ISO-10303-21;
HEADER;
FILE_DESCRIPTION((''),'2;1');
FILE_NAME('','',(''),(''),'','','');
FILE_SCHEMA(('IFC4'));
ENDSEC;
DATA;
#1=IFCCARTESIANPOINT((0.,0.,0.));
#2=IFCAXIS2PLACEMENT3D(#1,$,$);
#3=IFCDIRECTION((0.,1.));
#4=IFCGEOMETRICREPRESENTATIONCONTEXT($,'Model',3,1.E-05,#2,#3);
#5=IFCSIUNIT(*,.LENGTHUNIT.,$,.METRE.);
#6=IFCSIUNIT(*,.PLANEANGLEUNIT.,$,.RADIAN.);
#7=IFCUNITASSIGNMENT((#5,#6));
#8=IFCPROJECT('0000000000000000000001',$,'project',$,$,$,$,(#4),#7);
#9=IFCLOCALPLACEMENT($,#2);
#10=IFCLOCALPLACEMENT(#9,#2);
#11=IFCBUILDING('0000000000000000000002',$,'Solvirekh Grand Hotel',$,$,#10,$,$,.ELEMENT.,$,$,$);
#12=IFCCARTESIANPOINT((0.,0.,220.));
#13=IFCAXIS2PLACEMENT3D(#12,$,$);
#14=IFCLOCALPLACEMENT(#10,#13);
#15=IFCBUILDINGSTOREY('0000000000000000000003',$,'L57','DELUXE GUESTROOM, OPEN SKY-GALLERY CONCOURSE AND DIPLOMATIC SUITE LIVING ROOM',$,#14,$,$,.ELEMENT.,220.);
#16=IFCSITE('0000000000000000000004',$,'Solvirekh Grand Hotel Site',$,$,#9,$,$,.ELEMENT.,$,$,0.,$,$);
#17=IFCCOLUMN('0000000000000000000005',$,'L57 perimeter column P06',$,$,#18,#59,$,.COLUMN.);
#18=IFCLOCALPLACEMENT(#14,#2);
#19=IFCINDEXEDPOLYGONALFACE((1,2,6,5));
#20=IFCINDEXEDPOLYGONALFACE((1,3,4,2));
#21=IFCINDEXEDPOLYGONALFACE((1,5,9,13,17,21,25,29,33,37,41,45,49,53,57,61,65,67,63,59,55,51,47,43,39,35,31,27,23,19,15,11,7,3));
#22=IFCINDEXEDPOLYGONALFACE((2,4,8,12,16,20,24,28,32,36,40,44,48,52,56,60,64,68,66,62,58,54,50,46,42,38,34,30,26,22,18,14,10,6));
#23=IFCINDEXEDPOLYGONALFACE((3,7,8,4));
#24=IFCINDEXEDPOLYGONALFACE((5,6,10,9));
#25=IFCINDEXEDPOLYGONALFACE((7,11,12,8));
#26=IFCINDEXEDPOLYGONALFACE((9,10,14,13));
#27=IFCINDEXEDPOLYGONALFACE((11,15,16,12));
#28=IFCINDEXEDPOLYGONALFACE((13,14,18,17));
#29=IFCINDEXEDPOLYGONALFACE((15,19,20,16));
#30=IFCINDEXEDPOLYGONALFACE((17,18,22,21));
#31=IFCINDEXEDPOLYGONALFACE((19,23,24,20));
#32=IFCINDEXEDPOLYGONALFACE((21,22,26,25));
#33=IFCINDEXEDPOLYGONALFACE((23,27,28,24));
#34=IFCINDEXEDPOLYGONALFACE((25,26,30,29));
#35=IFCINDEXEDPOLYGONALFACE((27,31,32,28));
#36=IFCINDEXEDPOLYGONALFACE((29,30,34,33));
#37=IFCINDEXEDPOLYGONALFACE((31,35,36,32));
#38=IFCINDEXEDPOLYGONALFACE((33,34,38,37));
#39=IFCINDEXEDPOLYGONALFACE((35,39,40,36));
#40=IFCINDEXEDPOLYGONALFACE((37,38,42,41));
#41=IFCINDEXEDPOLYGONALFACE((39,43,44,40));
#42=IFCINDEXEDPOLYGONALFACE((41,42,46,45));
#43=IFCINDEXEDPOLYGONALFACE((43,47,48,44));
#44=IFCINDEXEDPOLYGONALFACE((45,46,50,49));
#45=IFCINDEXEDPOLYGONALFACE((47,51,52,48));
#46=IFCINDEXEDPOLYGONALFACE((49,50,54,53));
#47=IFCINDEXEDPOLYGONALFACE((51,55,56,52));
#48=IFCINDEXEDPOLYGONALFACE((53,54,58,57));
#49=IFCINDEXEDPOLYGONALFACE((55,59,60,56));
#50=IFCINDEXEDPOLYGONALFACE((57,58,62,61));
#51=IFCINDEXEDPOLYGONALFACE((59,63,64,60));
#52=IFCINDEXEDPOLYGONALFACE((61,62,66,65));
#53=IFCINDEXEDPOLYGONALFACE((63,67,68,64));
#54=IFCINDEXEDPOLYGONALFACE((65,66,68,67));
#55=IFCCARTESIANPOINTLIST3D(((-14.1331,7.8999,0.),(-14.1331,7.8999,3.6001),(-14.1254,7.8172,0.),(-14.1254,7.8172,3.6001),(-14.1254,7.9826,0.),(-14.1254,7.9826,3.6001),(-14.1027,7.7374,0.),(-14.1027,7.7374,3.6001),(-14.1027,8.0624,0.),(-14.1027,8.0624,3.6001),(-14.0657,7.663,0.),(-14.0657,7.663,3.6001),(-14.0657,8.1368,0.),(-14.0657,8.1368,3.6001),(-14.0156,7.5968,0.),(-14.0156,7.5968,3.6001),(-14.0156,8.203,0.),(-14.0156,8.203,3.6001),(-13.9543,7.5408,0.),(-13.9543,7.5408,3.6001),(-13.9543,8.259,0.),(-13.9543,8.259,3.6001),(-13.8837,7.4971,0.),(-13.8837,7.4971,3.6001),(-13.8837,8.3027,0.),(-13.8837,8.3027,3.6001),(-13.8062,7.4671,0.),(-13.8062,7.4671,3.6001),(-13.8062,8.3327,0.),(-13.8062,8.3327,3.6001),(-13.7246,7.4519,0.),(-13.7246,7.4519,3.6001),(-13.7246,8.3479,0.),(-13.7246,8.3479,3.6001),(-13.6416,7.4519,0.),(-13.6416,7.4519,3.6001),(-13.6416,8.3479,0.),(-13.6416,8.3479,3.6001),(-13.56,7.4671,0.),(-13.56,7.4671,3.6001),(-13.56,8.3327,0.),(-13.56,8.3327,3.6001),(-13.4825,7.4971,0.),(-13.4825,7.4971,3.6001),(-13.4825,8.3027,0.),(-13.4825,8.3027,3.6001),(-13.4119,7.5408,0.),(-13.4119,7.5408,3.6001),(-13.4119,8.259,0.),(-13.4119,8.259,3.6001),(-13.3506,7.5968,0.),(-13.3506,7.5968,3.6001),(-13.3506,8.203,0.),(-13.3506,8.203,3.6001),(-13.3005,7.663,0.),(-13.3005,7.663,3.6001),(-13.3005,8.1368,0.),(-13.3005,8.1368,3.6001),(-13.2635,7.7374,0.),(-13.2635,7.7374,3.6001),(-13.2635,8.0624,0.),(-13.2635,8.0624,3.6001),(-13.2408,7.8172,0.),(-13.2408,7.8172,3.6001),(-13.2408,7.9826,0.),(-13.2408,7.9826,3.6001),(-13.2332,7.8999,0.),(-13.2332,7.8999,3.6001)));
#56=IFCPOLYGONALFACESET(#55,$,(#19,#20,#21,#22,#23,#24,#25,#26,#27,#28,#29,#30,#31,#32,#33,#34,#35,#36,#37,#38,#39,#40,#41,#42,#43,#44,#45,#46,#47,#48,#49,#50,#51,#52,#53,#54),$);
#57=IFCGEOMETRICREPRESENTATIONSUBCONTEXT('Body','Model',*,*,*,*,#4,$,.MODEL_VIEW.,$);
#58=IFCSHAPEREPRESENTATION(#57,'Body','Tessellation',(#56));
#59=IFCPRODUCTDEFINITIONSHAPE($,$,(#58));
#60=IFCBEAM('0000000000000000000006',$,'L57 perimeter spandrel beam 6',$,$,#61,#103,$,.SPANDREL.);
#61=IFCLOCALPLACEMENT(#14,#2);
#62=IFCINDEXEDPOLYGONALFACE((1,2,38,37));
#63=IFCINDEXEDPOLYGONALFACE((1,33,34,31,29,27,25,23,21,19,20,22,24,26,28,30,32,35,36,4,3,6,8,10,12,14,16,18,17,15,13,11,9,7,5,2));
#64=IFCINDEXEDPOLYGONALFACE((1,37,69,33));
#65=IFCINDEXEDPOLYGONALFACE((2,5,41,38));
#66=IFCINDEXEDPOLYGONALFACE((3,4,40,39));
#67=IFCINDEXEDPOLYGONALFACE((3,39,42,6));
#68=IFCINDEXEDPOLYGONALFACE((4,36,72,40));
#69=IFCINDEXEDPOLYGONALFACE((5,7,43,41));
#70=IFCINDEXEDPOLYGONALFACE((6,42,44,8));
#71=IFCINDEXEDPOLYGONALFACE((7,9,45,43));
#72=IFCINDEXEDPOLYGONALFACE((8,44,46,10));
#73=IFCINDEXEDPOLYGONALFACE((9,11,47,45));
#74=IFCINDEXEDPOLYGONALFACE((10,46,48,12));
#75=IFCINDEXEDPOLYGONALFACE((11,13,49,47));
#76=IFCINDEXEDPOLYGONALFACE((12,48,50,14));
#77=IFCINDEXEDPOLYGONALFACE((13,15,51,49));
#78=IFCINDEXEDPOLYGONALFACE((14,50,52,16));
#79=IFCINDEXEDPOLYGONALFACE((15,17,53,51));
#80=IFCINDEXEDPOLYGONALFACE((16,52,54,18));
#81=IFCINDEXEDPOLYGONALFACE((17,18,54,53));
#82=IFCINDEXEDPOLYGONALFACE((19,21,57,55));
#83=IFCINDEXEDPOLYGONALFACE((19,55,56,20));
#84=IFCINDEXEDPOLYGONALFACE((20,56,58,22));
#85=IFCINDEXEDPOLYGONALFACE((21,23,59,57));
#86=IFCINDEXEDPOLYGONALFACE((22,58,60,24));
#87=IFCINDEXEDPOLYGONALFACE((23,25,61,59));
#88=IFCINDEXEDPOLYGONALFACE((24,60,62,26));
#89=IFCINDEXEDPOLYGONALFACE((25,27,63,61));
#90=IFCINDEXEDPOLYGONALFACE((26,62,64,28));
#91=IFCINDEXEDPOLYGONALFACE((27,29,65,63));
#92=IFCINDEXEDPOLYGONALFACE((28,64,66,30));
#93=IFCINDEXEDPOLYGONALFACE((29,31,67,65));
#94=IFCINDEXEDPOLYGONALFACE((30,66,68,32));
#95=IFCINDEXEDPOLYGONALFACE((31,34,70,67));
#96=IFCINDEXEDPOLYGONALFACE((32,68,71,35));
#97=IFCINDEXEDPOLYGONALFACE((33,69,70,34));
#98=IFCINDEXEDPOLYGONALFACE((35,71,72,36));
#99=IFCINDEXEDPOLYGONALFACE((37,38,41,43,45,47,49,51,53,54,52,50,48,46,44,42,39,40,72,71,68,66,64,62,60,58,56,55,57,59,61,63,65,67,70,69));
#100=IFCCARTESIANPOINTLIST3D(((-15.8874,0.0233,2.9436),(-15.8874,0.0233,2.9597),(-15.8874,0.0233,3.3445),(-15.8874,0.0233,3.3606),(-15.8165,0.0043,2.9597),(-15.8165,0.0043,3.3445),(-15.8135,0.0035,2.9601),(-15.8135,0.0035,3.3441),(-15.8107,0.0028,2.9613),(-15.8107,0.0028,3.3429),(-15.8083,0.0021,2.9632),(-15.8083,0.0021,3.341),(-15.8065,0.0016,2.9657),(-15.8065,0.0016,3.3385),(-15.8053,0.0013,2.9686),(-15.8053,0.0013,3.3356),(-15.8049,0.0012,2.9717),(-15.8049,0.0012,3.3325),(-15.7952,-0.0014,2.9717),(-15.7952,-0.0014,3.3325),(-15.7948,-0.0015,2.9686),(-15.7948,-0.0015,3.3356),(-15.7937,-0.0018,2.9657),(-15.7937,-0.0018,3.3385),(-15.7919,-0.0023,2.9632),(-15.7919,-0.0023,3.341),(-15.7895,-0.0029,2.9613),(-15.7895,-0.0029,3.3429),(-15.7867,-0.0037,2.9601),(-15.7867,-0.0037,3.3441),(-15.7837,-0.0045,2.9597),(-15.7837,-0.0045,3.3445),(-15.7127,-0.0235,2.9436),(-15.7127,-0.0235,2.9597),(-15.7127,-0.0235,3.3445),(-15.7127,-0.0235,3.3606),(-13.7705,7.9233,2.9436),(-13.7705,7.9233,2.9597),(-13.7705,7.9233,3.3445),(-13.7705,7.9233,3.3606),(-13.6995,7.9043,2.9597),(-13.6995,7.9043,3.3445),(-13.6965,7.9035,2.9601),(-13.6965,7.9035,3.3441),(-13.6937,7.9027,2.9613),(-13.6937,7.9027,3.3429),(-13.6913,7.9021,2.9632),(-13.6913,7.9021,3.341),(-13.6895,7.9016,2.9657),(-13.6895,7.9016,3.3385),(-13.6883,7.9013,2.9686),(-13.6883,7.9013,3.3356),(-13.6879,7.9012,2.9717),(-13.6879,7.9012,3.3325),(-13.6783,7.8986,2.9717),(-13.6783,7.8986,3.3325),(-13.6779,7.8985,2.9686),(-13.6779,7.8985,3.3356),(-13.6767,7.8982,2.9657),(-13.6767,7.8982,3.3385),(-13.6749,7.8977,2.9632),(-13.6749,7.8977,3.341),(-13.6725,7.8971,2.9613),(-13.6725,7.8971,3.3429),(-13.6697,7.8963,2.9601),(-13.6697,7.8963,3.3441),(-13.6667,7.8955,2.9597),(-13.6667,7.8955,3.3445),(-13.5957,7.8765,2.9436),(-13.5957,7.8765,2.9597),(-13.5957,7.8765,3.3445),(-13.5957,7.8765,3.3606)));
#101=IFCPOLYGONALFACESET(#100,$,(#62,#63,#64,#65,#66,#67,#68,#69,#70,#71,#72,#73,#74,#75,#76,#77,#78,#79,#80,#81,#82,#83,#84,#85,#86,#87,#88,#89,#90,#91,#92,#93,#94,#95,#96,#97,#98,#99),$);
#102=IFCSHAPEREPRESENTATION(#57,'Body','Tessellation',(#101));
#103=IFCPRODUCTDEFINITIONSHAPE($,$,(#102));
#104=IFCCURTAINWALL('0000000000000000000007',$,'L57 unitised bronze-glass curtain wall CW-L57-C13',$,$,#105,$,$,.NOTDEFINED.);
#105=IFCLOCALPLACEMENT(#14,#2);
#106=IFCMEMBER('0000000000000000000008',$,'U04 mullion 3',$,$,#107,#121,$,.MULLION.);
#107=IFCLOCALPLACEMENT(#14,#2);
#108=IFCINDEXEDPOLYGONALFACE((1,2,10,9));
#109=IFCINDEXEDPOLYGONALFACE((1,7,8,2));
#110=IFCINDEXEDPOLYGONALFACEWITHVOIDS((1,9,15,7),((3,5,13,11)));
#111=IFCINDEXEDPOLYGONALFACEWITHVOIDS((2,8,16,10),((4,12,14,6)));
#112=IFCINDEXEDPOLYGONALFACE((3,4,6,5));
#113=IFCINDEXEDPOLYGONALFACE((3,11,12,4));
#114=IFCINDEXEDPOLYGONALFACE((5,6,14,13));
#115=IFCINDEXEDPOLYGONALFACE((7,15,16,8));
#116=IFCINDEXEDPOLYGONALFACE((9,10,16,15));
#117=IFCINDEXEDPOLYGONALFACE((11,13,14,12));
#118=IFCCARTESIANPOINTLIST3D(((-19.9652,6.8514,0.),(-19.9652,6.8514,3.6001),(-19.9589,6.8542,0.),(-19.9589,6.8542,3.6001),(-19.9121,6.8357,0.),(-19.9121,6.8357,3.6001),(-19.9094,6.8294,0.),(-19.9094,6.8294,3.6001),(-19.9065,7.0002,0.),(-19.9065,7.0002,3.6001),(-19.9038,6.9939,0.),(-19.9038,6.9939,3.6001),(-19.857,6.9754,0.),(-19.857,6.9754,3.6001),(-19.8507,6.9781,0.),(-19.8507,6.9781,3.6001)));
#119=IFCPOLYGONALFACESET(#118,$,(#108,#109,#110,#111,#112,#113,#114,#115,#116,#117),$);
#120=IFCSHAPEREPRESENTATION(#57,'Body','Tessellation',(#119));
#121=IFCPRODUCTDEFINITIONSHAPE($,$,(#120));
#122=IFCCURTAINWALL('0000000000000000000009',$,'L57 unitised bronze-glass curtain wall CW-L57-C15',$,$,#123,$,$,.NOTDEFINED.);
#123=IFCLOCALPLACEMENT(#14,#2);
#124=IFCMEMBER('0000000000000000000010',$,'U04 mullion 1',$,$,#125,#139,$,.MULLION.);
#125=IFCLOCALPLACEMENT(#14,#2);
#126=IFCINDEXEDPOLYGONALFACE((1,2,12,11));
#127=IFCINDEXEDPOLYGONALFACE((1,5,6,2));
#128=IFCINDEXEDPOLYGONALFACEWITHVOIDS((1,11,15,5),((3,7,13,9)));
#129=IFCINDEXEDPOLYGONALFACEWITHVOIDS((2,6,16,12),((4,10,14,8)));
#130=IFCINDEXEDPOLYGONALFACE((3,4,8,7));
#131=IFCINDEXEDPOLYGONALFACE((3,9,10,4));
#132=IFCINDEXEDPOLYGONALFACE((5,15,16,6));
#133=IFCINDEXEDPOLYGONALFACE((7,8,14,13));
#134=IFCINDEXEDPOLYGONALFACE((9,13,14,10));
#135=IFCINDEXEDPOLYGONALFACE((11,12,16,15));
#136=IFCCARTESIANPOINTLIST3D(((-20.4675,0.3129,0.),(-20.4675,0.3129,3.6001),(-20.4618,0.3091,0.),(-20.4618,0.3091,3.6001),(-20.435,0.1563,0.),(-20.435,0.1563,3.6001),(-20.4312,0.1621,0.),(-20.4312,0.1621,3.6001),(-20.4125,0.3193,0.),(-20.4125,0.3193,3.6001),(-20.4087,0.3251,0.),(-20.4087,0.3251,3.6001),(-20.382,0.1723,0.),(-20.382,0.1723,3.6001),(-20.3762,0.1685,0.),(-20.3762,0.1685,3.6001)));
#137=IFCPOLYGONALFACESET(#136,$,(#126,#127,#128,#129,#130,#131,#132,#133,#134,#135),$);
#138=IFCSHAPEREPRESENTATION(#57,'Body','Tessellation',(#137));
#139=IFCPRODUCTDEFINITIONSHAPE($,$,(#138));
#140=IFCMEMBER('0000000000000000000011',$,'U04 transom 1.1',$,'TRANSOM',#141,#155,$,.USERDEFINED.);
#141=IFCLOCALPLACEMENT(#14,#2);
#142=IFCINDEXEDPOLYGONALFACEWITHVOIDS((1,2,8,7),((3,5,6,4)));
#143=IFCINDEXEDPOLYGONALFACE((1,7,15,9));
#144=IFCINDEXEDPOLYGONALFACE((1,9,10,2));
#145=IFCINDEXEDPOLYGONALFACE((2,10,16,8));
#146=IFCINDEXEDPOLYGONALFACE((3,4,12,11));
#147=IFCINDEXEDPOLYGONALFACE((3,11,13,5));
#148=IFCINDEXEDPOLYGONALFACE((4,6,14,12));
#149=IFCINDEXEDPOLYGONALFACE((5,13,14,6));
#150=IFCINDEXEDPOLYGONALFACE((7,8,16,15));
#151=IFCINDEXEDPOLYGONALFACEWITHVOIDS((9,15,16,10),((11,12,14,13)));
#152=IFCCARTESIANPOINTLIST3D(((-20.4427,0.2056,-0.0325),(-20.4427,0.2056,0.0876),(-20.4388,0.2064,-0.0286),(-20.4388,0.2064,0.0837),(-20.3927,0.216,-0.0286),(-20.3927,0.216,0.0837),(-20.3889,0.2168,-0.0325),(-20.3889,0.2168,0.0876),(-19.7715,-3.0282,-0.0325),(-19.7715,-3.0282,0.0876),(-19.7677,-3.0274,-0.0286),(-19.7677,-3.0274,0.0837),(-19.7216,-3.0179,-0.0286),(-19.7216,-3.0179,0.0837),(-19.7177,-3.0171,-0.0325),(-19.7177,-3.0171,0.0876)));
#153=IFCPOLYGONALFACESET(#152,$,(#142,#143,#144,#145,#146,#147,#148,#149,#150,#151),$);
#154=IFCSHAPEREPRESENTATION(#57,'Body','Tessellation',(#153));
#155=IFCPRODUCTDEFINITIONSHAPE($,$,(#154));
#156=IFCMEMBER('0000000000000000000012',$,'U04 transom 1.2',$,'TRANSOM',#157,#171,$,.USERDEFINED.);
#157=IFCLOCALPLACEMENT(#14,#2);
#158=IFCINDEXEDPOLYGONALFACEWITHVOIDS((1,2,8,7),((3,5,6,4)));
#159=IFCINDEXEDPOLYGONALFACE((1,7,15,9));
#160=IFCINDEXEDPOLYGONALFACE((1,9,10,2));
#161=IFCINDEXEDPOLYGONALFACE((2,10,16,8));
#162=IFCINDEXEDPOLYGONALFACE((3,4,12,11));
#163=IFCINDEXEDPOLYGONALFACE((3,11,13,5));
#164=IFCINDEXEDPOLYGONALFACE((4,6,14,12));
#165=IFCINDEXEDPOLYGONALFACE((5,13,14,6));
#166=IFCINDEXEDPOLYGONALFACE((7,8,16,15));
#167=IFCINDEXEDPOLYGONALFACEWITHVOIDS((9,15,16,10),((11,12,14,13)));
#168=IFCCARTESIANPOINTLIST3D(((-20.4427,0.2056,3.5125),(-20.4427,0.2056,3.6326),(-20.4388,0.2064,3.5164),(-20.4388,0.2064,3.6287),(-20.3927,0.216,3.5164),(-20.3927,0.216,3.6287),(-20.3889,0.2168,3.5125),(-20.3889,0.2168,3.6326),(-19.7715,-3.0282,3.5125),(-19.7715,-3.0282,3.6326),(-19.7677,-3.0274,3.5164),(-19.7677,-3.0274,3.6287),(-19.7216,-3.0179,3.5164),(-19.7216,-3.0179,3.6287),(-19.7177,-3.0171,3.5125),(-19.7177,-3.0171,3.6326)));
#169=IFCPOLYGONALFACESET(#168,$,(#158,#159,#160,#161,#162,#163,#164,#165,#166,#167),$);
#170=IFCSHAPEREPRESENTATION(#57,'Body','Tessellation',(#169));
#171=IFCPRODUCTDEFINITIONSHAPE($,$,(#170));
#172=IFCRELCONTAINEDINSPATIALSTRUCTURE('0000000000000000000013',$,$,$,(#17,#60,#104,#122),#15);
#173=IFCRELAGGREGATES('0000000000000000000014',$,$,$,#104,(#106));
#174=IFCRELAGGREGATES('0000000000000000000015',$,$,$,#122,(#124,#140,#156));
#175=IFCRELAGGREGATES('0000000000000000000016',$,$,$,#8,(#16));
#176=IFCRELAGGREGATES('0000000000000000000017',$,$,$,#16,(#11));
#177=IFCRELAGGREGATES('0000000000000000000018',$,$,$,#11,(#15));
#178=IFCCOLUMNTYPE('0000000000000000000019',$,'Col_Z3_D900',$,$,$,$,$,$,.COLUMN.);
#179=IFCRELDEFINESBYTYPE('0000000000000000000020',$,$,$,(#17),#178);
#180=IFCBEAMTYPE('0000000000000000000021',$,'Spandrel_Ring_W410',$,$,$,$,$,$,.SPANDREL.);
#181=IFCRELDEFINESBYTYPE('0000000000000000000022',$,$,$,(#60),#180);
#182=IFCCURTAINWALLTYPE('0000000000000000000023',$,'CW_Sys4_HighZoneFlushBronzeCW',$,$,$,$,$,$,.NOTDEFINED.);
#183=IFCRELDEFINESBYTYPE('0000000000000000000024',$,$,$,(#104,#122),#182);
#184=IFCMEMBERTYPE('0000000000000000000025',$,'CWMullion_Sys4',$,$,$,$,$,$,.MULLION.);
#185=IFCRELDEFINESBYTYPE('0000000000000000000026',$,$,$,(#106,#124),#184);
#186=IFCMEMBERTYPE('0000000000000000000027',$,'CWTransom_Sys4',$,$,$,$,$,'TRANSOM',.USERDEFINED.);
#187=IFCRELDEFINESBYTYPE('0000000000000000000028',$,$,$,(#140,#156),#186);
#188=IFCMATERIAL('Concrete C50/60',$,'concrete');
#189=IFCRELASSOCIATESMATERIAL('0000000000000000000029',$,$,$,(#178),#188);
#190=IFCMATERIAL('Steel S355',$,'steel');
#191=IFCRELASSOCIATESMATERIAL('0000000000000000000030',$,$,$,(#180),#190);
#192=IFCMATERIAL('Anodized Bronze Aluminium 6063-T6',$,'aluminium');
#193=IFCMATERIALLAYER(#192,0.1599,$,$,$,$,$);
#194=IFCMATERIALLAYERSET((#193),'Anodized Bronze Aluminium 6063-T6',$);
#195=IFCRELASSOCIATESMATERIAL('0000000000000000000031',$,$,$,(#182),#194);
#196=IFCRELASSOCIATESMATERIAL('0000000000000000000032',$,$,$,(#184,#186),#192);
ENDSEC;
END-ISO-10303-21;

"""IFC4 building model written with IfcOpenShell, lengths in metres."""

from ifc_helpers import new_model, si_unit, direction, frame, origin, origin_2d, place, context, subcontext, project, spatial, hollow_rectangle, circle, i_section, extrude, source, transform, mapped, material, layer, layer_set, material_profile, profile_set, type_object, element, aggregate, save


model = new_model("IFC4")

# Units and contexts
model_context = context("Model", 3, precision=1e-05, world=origin(), true_north=direction((0.0, 1.0)))
body_context = subcontext(model_context, "Body", "Model", "MODEL_VIEW")
ifc_project = project(units=[si_unit("LENGTHUNIT", "METRE"), si_unit("PLANEANGLEUNIT", "RADIAN")], contexts=[model_context])

# Site, building, storey
site_placement = place(None, origin())
site = spatial("IfcSite", under=ifc_project, at=site_placement, Name="Solvirekh Grand Hotel Site", CompositionType="ELEMENT", RefElevation=0.0)
building_placement = place(site_placement, origin())
building = spatial("IfcBuilding", under=site, at=building_placement, Name="Solvirekh Grand Hotel", CompositionType="ELEMENT")
storey_placement = place(building_placement, frame((0.0, 0.0, 220.0)))
storey = spatial("IfcBuildingStorey", under=building, at=storey_placement, Name="L57", Description="DELUXE GUESTROOM, OPEN SKY-GALLERY CONCOURSE AND DIPLOMATIC SUITE LIVING ROOM", CompositionType="ELEMENT", Elevation=220.0)

# Column
ifc_material_1 = material(Name="Concrete C50/60", Category="concrete")
ifc_material_profile_1 = material_profile(ifc_material_1, circle(Radius=0.45, at=origin_2d()), Name="RC CIRC D900")
ifc_profile_set_1 = profile_set([ifc_material_profile_1], Name="Concrete C50/60")
column_type = type_object("IfcColumnType", Name="Col_Z3_D900", PredefinedType="COLUMN", material=ifc_profile_set_1)
column_placement = place(storey_placement, frame((-13.6831, 7.8999, 0.0), z_axis=(0.0, 0.0, 1.0), x_axis=(1.0, 0.0, 0.0)))
element("IfcColumn", 1, at=column_placement, inside=storey, type_object=column_type, Name="L57 perimeter column P06", PredefinedType="COLUMN", context=body_context, shape_type="SweptSolid", body=[
    extrude(circle(Radius=0.45, at=origin_2d()), origin(), (0.0, 0.0, 1.0), 3.6001),
])

# Beam
ifc_material_2 = material(Name="Steel S355", Category="steel")
ifc_material_profile_2 = material_profile(ifc_material_2, i_section(OverallWidth=0.1809, OverallDepth=0.417, WebThickness=0.01, FlangeThickness=0.0161, FilletRadius=0.012, at=origin_2d()), Name="W410X85")
ifc_profile_set_2 = profile_set([ifc_material_profile_2], Name="Steel S355")
beam_type = type_object("IfcBeamType", Name="Spandrel_Ring_W410", PredefinedType="SPANDREL", material=ifc_profile_set_2)
beam_placement = place(storey_placement, frame((-13.6831, 7.8999, 3.1521), z_axis=(-0.258839, -0.965921, 0.0), x_axis=(0.965921, -0.258839, 0.0)))
element("IfcBeam", 2, at=beam_placement, inside=storey, type_object=beam_type, Name="L57 perimeter spandrel beam 6", PredefinedType="SPANDREL", context=body_context, shape_type="SweptSolid", body=[
    extrude(i_section(OverallWidth=0.1809, OverallDepth=0.417, WebThickness=0.01, FlangeThickness=0.0161, FilletRadius=0.012, at=origin_2d()), origin(), (0.0, 0.0, 1.0), 8.1787),
])

# Curtain wall, member
ifc_material_3 = material(Name="Anodized Bronze Aluminium 6063-T6", Category="aluminium")
ifc_layer_1 = layer(ifc_material_3, 0.1599)
ifc_layer_set_1 = layer_set([ifc_layer_1], Name="Anodized Bronze Aluminium 6063-T6")
curtain_wall_type = type_object("IfcCurtainWallType", Name="CW_Sys4_HighZoneFlushBronzeCW", PredefinedType="NOTDEFINED", material=ifc_layer_set_1)
curtain_wall_1_placement = place(storey_placement, origin())
curtain_wall_1 = element("IfcCurtainWall", 3, at=curtain_wall_1_placement, inside=storey, type_object=curtain_wall_type, Name="L57 unitised bronze-glass curtain wall CW-L57-C13", PredefinedType="NOTDEFINED")
ifc_material_profile_3 = material_profile(ifc_material_3, hollow_rectangle(XDim=0.0601, YDim=0.1599, WallThickness=0.0049, at=origin_2d()), Name="ALU RHS 160X60X5")
ifc_profile_set_3 = profile_set([ifc_material_profile_3], Name="Anodized Bronze Aluminium 6063-T6")
member_type_1 = type_object("IfcMemberType", Name="CWMullion_Sys4", PredefinedType="MULLION", material=ifc_profile_set_3)
shared_shape_1 = source(origin(), body_context, "Body", "SweptSolid", [
    extrude(hollow_rectangle(XDim=0.0601, YDim=0.1599, WallThickness=0.0049, at=origin_2d()), origin(), (0.0, 0.0, 1.0), 3.6001),
])
member_1_placement = place(storey_placement, frame((-19.908, 6.9148, 0.0), z_axis=(0.0, 0.0, 1.0), x_axis=(0.930151, -0.367177, 0.0)))
member_1 = element("IfcMember", 4, at=member_1_placement, type_object=member_type_1, Name="U04 mullion 3", PredefinedType="MULLION", context=body_context, shape_type="MappedRepresentation", body=[
    mapped(shared_shape_1, transform((0.0, 0.0, 0.0), x_axis=(1.0, 0.0, 0.0), y_axis=(0.0, 1.0, 0.0), z_axis=(0.0, 0.0, 1.0), scale=1.0)),
])
aggregate(curtain_wall_1, [member_1])

# Curtain wall, members
curtain_wall_2_placement = place(storey_placement, origin())
curtain_wall_2 = element("IfcCurtainWall", 5, at=curtain_wall_2_placement, inside=storey, type_object=curtain_wall_type, Name="L57 unitised bronze-glass curtain wall CW-L57-C15", PredefinedType="NOTDEFINED")
member_2_placement = place(storey_placement, frame((-20.4219, 0.2407, 0.0), z_axis=(0.0, 0.0, 1.0), x_axis=(0.979132, 0.203224, 0.0)))
member_2 = element("IfcMember", 6, at=member_2_placement, type_object=member_type_1, Name="U04 mullion 1", PredefinedType="MULLION", context=body_context, shape_type="MappedRepresentation", body=[
    mapped(shared_shape_1, transform((0.0, 0.0, 0.0), x_axis=(1.0, 0.0, 0.0), y_axis=(0.0, 1.0, 0.0), z_axis=(0.0, 0.0, 1.0), scale=1.0)),
])
ifc_material_profile_4 = material_profile(ifc_material_3, hollow_rectangle(XDim=0.0549, YDim=0.1201, WallThickness=0.0039, at=origin_2d()), Name="ALU RHS 120X55X4")
ifc_profile_set_4 = profile_set([ifc_material_profile_4], Name="Anodized Bronze Aluminium 6063-T6")
member_type_2 = type_object("IfcMemberType", Name="CWTransom_Sys4", ElementType="TRANSOM", PredefinedType="USERDEFINED", material=ifc_profile_set_4)
shared_shape_2 = source(origin(), body_context, "Body", "SweptSolid", [
    extrude(hollow_rectangle(XDim=0.0549, YDim=0.1201, WallThickness=0.0039, at=origin_2d()), origin(), (0.0, 0.0, 1.0), 3.3027),
])
member_3_placement = place(storey_placement, frame((-20.4158, 0.2112, 0.0276), z_axis=(0.203204, -0.979136, 0.0), x_axis=(0.979136, 0.203204, 0.0)))
member_3 = element("IfcMember", 7, at=member_3_placement, type_object=member_type_2, Name="U04 transom 1.1", ObjectType="TRANSOM", PredefinedType="USERDEFINED", context=body_context, shape_type="MappedRepresentation", body=[
    mapped(shared_shape_2, transform((0.0, 0.0, 0.0), x_axis=(1.0, 0.0, 0.0), y_axis=(0.0, 1.0, 0.0), z_axis=(0.0, 0.0, 1.0), scale=1.0)),
])
member_4_placement = place(storey_placement, frame((-20.4158, 0.2112, 3.5725), z_axis=(0.203204, -0.979136, 0.0), x_axis=(0.979136, 0.203204, 0.0)))
member_4 = element("IfcMember", 8, at=member_4_placement, type_object=member_type_2, Name="U04 transom 1.2", ObjectType="TRANSOM", PredefinedType="USERDEFINED", context=body_context, shape_type="MappedRepresentation", body=[
    mapped(shared_shape_2, transform((0.0, 0.0, 0.0), x_axis=(1.0, 0.0, 0.0), y_axis=(0.0, 1.0, 0.0), z_axis=(0.0, 0.0, 1.0), scale=1.0)),
])
aggregate(curtain_wall_2, [member_2, member_3, member_4])

save(model, "model.ifc")
